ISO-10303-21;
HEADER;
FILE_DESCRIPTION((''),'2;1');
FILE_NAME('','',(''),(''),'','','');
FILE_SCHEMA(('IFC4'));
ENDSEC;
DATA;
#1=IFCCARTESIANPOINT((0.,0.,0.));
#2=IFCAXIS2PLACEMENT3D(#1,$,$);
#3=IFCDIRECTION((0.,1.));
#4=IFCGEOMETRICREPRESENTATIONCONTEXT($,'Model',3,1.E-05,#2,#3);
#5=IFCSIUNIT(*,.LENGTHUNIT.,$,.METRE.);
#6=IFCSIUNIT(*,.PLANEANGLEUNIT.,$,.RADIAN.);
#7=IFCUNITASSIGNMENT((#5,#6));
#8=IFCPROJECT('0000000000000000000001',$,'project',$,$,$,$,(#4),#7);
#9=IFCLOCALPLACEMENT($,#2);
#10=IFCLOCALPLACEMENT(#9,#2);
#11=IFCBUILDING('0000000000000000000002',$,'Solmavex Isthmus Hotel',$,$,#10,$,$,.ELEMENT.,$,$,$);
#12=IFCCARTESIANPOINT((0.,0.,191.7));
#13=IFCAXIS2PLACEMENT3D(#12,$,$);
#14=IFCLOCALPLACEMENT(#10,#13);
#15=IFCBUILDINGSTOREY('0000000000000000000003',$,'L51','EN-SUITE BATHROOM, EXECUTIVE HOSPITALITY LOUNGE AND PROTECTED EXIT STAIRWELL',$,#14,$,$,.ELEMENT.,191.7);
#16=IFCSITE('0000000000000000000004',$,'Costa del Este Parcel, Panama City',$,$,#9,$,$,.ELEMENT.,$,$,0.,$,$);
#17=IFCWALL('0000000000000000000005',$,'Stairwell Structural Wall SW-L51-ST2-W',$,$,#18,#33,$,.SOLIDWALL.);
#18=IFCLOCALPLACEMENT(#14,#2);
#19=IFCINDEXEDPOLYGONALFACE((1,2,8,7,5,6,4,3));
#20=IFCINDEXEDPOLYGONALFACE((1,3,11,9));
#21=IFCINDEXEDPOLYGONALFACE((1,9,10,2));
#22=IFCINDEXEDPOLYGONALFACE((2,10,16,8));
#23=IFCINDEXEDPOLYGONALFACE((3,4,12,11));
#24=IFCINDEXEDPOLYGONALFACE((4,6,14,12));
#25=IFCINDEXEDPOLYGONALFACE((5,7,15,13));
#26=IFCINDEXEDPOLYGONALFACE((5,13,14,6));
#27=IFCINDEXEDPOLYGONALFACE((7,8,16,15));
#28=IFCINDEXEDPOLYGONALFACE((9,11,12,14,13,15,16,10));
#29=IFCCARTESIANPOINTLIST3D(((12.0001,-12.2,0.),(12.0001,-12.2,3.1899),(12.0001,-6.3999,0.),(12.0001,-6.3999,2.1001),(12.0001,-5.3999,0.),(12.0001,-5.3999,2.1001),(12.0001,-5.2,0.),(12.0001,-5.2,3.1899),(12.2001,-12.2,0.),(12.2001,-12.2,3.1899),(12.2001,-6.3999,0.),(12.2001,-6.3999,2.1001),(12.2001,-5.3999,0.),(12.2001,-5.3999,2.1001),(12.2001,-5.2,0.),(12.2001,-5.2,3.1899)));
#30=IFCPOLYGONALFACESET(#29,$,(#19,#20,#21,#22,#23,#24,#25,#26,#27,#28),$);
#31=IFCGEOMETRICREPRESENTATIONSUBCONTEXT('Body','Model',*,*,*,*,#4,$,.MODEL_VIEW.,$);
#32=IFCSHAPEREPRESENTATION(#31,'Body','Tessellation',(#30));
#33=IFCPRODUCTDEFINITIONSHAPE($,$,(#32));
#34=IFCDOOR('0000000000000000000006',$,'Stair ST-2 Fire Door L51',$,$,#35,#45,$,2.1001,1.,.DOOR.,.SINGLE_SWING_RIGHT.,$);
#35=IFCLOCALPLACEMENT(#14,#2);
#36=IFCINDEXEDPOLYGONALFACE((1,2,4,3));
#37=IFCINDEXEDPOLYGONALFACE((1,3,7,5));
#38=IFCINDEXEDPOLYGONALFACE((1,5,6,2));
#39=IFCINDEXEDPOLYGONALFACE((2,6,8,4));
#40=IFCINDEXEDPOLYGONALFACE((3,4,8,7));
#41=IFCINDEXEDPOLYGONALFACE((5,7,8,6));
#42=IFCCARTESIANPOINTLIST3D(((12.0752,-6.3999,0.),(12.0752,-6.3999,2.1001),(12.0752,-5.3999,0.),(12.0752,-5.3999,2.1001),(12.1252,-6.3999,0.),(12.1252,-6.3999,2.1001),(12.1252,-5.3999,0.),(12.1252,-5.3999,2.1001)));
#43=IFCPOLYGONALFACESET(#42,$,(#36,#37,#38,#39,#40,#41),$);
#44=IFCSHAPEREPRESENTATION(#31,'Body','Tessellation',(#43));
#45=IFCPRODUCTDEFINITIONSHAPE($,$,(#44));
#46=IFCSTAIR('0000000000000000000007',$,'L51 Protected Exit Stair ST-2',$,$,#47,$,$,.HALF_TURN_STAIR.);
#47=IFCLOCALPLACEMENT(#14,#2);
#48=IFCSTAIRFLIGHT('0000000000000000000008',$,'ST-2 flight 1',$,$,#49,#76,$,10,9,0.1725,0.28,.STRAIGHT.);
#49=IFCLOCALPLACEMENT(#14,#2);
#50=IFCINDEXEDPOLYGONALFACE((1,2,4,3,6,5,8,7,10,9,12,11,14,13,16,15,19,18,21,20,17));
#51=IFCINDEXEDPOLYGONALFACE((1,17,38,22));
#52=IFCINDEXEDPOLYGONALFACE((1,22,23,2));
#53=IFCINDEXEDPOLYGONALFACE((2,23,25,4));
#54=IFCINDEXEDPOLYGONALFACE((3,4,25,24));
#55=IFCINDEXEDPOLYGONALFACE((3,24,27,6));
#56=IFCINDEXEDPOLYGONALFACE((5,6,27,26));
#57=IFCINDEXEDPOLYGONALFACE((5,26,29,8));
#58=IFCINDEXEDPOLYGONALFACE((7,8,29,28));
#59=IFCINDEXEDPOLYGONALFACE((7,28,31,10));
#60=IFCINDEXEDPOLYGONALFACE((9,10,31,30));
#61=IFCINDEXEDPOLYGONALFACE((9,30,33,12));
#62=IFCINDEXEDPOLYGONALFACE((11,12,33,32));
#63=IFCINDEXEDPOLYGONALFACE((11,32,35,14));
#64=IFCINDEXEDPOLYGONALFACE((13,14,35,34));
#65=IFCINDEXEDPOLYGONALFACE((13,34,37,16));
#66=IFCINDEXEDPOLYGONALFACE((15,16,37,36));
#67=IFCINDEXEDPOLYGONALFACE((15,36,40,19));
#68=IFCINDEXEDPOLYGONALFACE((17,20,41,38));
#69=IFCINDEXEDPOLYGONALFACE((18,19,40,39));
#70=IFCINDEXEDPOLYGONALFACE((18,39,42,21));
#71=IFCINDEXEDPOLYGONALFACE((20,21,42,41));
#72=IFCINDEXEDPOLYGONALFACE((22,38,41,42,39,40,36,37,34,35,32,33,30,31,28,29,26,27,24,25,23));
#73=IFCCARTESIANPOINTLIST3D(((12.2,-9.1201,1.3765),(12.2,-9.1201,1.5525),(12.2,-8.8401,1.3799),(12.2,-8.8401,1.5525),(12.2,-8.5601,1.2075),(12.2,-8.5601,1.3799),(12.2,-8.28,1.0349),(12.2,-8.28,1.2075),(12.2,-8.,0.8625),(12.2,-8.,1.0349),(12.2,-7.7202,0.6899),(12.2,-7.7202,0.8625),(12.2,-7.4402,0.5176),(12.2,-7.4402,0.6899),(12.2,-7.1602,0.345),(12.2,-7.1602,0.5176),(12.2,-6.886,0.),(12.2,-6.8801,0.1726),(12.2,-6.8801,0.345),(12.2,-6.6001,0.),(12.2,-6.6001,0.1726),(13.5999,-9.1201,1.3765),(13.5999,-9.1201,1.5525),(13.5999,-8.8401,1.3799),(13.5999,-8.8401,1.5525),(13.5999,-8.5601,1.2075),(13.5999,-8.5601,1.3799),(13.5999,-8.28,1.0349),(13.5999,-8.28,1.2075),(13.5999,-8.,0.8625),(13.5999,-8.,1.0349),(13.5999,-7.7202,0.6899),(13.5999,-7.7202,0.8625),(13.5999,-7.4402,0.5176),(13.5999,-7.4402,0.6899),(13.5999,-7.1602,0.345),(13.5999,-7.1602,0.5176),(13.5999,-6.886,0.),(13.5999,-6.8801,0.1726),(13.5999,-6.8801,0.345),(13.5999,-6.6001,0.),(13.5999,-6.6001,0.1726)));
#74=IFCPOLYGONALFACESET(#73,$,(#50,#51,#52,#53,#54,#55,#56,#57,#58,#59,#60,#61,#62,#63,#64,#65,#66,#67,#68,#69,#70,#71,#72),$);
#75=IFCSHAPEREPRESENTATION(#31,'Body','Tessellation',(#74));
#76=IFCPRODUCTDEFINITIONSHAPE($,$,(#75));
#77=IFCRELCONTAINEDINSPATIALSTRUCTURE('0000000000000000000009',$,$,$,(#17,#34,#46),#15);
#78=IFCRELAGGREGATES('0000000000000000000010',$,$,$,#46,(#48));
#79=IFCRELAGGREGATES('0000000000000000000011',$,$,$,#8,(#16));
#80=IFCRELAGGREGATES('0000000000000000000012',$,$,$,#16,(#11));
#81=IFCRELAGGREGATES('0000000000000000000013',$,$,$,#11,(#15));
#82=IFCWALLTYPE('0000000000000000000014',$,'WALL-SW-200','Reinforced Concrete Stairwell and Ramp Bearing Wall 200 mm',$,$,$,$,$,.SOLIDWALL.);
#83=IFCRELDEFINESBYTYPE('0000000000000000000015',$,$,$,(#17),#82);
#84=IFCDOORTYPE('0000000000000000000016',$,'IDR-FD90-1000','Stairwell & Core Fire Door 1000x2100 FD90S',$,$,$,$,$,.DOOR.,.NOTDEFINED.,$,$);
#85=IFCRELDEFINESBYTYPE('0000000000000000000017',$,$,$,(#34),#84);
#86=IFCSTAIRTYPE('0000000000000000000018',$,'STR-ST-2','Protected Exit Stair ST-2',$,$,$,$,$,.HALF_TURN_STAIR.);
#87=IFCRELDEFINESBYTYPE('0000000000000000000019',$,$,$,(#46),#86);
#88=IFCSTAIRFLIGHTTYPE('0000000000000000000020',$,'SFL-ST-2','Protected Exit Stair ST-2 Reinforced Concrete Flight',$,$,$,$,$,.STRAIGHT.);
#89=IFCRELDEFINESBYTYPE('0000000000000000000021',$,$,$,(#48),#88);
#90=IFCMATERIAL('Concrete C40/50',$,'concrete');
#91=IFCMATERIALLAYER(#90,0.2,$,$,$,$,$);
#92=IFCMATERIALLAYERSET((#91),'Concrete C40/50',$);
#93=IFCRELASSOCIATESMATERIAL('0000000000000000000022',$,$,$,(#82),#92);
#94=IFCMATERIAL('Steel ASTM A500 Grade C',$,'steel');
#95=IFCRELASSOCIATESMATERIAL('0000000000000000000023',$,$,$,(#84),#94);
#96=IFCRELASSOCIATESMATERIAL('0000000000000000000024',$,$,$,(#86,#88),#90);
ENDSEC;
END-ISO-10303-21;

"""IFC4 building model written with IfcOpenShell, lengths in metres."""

from ifc_helpers import new_model, si_unit, direction, frame, frame_2d, origin, place, context, subcontext, project, spatial, polyline, rectangle, outline, extrude, material, layer, layer_set, type_object, element, fill, aggregate, save


model = new_model("IFC4")

# Units and contexts
model_context = context("Model", 3, precision=1e-05, world=origin(), true_north=direction((0.0, 1.0)))
body_context = subcontext(model_context, "Body", "Model", "MODEL_VIEW")
ifc_project = project(units=[si_unit("LENGTHUNIT", "METRE"), si_unit("PLANEANGLEUNIT", "RADIAN")], contexts=[model_context])

# Site, building, storey
site_placement = place(None, origin())
site = spatial("IfcSite", under=ifc_project, at=site_placement, Name="Costa del Este Parcel, Panama City", CompositionType="ELEMENT", RefElevation=0.0)
building_placement = place(site_placement, origin())
building = spatial("IfcBuilding", under=site, at=building_placement, Name="Solmavex Isthmus Hotel", CompositionType="ELEMENT")
storey_placement = place(building_placement, frame((0.0, 0.0, 191.7)))
storey = spatial("IfcBuildingStorey", under=building, at=storey_placement, Name="L51", Description="EN-SUITE BATHROOM, EXECUTIVE HOSPITALITY LOUNGE AND PROTECTED EXIT STAIRWELL", CompositionType="ELEMENT", Elevation=191.7)

# Shared definitions
ifc_material_1 = material(Name="Concrete C40/50", Category="concrete")
ifc_material_2 = material(Name="Steel ASTM A500 Grade C", Category="steel")

# Shared definitions
ifc_layer_1 = layer(ifc_material_1, 0.2)
ifc_layer_set_1 = layer_set([ifc_layer_1], Name="Concrete C40/50")
wall_type_1 = type_object("IfcWallType", Name="WALL-SW-200", Description="Reinforced Concrete Stairwell and Ramp Bearing Wall 200 mm", PredefinedType="SOLIDWALL", material=ifc_layer_set_1)

# Wall, opening, door
wall_1_placement = place(storey_placement, frame((12.1001, -12.2, 0.0), z_axis=(0.0, 0.0, 1.0), x_axis=(0.0, 1.0, 0.0)))
wall_1 = element("IfcWall", 1, at=wall_1_placement, inside=storey, type_object=wall_type_1, Name="Stairwell Structural Wall SW-L51-ST2-W", PredefinedType="SOLIDWALL", context=body_context, shape_type="SweptSolid", body=[
    extrude(rectangle(XDim=7.0, YDim=0.2, at=frame_2d((3.5, 0.0))), origin(), (0.0, 0.0, 1.0), 3.1899),
])
opening_1_placement = place(wall_1_placement, frame((5.8, 0.0, 0.0)))
opening_1 = element("IfcOpeningElement", 2, at=opening_1_placement, cuts=wall_1, PredefinedType="OPENING", context=body_context, shape_type="SweptSolid", body=[
    extrude(rectangle(XDim=1.0, YDim=2.1001, at=frame_2d((0.5, 1.05))), frame((0.0, 0.1099, 0.0), z_axis=(0.0, -1.0, 0.0), x_axis=(1.0, 0.0, 0.0)), (0.0, 0.0, 1.0), 0.22),
])
door_type_1 = type_object("IfcDoorType", Name="IDR-FD90-1000", Description="Stairwell & Core Fire Door 1000x2100 FD90S", OperationType="NOTDEFINED", PredefinedType="DOOR", material=ifc_material_2)
door_1_placement = place(opening_1_placement, origin())
door_1 = element("IfcDoor", 3, at=door_1_placement, inside=storey, type_object=door_type_1, Name="Stair ST-2 Fire Door L51", OperationType="SINGLE_SWING_RIGHT", OverallHeight=2.1001, OverallWidth=1.0, PredefinedType="DOOR", context=body_context, shape_type="SweptSolid", body=[
    extrude(rectangle(XDim=1.0, YDim=2.1001, at=frame_2d((0.5, 1.05))), frame((0.0, 0.0249, 0.0), z_axis=(0.0, -1.0, 0.0), x_axis=(1.0, 0.0, 0.0)), (0.0, 0.0, 1.0), 0.05),
])
fill(opening_1, door_1)

# Stair, stair flight
stair_type = type_object("IfcStairType", Name="STR-ST-2", Description="Protected Exit Stair ST-2", PredefinedType="HALF_TURN_STAIR", material=ifc_material_1)
stair_placement = place(storey_placement, origin())
stair = element("IfcStair", 4, at=stair_placement, inside=storey, type_object=stair_type, Name="L51 Protected Exit Stair ST-2", PredefinedType="HALF_TURN_STAIR")
stair_flight_type = type_object("IfcStairFlightType", Name="SFL-ST-2", Description="Protected Exit Stair ST-2 Reinforced Concrete Flight", PredefinedType="STRAIGHT", material=ifc_material_1)
stair_flight_placement = place(storey_placement, frame((12.8999, -6.6001, 0.0), z_axis=(0.0, 0.0, 1.0), x_axis=(0.0, -1.0, 0.0)))
stair_flight = element("IfcStairFlight", 5, at=stair_flight_placement, type_object=stair_flight_type, Name="ST-2 flight 1", NumberOfRisers=10, NumberOfTreads=9, PredefinedType="STRAIGHT", RiserHeight=0.1725, TreadLength=0.28, context=body_context, shape_type="SweptSolid", body=[
    extrude(outline(polyline([(0.0, 0.0), (0.0, 0.1726), (0.28, 0.1726), (0.28, 0.345), (0.5601, 0.345), (0.5601, 0.5176), (0.8401, 0.5176), (0.8401, 0.6899), (1.1201, 0.6899), (1.1201, 0.8625), (1.3999, 0.8625), (1.3999, 1.0349), (1.6799, 1.0349), (1.6799, 1.2075), (1.96, 1.2075), (1.96, 1.3799), (2.24, 1.3799), (2.24, 1.5525), (2.52, 1.5525), (2.52, 1.7251), (2.52, 1.3765), (0.2859, 0.0), (0.0, 0.0)])), frame((0.0, 0.7, 0.0), z_axis=(0.0, -1.0, 0.0), x_axis=(1.0, 0.0, 0.0)), (0.0, 0.0, 1.0), 1.3999),
])
aggregate(stair, [stair_flight])

save(model, "model.ifc")
